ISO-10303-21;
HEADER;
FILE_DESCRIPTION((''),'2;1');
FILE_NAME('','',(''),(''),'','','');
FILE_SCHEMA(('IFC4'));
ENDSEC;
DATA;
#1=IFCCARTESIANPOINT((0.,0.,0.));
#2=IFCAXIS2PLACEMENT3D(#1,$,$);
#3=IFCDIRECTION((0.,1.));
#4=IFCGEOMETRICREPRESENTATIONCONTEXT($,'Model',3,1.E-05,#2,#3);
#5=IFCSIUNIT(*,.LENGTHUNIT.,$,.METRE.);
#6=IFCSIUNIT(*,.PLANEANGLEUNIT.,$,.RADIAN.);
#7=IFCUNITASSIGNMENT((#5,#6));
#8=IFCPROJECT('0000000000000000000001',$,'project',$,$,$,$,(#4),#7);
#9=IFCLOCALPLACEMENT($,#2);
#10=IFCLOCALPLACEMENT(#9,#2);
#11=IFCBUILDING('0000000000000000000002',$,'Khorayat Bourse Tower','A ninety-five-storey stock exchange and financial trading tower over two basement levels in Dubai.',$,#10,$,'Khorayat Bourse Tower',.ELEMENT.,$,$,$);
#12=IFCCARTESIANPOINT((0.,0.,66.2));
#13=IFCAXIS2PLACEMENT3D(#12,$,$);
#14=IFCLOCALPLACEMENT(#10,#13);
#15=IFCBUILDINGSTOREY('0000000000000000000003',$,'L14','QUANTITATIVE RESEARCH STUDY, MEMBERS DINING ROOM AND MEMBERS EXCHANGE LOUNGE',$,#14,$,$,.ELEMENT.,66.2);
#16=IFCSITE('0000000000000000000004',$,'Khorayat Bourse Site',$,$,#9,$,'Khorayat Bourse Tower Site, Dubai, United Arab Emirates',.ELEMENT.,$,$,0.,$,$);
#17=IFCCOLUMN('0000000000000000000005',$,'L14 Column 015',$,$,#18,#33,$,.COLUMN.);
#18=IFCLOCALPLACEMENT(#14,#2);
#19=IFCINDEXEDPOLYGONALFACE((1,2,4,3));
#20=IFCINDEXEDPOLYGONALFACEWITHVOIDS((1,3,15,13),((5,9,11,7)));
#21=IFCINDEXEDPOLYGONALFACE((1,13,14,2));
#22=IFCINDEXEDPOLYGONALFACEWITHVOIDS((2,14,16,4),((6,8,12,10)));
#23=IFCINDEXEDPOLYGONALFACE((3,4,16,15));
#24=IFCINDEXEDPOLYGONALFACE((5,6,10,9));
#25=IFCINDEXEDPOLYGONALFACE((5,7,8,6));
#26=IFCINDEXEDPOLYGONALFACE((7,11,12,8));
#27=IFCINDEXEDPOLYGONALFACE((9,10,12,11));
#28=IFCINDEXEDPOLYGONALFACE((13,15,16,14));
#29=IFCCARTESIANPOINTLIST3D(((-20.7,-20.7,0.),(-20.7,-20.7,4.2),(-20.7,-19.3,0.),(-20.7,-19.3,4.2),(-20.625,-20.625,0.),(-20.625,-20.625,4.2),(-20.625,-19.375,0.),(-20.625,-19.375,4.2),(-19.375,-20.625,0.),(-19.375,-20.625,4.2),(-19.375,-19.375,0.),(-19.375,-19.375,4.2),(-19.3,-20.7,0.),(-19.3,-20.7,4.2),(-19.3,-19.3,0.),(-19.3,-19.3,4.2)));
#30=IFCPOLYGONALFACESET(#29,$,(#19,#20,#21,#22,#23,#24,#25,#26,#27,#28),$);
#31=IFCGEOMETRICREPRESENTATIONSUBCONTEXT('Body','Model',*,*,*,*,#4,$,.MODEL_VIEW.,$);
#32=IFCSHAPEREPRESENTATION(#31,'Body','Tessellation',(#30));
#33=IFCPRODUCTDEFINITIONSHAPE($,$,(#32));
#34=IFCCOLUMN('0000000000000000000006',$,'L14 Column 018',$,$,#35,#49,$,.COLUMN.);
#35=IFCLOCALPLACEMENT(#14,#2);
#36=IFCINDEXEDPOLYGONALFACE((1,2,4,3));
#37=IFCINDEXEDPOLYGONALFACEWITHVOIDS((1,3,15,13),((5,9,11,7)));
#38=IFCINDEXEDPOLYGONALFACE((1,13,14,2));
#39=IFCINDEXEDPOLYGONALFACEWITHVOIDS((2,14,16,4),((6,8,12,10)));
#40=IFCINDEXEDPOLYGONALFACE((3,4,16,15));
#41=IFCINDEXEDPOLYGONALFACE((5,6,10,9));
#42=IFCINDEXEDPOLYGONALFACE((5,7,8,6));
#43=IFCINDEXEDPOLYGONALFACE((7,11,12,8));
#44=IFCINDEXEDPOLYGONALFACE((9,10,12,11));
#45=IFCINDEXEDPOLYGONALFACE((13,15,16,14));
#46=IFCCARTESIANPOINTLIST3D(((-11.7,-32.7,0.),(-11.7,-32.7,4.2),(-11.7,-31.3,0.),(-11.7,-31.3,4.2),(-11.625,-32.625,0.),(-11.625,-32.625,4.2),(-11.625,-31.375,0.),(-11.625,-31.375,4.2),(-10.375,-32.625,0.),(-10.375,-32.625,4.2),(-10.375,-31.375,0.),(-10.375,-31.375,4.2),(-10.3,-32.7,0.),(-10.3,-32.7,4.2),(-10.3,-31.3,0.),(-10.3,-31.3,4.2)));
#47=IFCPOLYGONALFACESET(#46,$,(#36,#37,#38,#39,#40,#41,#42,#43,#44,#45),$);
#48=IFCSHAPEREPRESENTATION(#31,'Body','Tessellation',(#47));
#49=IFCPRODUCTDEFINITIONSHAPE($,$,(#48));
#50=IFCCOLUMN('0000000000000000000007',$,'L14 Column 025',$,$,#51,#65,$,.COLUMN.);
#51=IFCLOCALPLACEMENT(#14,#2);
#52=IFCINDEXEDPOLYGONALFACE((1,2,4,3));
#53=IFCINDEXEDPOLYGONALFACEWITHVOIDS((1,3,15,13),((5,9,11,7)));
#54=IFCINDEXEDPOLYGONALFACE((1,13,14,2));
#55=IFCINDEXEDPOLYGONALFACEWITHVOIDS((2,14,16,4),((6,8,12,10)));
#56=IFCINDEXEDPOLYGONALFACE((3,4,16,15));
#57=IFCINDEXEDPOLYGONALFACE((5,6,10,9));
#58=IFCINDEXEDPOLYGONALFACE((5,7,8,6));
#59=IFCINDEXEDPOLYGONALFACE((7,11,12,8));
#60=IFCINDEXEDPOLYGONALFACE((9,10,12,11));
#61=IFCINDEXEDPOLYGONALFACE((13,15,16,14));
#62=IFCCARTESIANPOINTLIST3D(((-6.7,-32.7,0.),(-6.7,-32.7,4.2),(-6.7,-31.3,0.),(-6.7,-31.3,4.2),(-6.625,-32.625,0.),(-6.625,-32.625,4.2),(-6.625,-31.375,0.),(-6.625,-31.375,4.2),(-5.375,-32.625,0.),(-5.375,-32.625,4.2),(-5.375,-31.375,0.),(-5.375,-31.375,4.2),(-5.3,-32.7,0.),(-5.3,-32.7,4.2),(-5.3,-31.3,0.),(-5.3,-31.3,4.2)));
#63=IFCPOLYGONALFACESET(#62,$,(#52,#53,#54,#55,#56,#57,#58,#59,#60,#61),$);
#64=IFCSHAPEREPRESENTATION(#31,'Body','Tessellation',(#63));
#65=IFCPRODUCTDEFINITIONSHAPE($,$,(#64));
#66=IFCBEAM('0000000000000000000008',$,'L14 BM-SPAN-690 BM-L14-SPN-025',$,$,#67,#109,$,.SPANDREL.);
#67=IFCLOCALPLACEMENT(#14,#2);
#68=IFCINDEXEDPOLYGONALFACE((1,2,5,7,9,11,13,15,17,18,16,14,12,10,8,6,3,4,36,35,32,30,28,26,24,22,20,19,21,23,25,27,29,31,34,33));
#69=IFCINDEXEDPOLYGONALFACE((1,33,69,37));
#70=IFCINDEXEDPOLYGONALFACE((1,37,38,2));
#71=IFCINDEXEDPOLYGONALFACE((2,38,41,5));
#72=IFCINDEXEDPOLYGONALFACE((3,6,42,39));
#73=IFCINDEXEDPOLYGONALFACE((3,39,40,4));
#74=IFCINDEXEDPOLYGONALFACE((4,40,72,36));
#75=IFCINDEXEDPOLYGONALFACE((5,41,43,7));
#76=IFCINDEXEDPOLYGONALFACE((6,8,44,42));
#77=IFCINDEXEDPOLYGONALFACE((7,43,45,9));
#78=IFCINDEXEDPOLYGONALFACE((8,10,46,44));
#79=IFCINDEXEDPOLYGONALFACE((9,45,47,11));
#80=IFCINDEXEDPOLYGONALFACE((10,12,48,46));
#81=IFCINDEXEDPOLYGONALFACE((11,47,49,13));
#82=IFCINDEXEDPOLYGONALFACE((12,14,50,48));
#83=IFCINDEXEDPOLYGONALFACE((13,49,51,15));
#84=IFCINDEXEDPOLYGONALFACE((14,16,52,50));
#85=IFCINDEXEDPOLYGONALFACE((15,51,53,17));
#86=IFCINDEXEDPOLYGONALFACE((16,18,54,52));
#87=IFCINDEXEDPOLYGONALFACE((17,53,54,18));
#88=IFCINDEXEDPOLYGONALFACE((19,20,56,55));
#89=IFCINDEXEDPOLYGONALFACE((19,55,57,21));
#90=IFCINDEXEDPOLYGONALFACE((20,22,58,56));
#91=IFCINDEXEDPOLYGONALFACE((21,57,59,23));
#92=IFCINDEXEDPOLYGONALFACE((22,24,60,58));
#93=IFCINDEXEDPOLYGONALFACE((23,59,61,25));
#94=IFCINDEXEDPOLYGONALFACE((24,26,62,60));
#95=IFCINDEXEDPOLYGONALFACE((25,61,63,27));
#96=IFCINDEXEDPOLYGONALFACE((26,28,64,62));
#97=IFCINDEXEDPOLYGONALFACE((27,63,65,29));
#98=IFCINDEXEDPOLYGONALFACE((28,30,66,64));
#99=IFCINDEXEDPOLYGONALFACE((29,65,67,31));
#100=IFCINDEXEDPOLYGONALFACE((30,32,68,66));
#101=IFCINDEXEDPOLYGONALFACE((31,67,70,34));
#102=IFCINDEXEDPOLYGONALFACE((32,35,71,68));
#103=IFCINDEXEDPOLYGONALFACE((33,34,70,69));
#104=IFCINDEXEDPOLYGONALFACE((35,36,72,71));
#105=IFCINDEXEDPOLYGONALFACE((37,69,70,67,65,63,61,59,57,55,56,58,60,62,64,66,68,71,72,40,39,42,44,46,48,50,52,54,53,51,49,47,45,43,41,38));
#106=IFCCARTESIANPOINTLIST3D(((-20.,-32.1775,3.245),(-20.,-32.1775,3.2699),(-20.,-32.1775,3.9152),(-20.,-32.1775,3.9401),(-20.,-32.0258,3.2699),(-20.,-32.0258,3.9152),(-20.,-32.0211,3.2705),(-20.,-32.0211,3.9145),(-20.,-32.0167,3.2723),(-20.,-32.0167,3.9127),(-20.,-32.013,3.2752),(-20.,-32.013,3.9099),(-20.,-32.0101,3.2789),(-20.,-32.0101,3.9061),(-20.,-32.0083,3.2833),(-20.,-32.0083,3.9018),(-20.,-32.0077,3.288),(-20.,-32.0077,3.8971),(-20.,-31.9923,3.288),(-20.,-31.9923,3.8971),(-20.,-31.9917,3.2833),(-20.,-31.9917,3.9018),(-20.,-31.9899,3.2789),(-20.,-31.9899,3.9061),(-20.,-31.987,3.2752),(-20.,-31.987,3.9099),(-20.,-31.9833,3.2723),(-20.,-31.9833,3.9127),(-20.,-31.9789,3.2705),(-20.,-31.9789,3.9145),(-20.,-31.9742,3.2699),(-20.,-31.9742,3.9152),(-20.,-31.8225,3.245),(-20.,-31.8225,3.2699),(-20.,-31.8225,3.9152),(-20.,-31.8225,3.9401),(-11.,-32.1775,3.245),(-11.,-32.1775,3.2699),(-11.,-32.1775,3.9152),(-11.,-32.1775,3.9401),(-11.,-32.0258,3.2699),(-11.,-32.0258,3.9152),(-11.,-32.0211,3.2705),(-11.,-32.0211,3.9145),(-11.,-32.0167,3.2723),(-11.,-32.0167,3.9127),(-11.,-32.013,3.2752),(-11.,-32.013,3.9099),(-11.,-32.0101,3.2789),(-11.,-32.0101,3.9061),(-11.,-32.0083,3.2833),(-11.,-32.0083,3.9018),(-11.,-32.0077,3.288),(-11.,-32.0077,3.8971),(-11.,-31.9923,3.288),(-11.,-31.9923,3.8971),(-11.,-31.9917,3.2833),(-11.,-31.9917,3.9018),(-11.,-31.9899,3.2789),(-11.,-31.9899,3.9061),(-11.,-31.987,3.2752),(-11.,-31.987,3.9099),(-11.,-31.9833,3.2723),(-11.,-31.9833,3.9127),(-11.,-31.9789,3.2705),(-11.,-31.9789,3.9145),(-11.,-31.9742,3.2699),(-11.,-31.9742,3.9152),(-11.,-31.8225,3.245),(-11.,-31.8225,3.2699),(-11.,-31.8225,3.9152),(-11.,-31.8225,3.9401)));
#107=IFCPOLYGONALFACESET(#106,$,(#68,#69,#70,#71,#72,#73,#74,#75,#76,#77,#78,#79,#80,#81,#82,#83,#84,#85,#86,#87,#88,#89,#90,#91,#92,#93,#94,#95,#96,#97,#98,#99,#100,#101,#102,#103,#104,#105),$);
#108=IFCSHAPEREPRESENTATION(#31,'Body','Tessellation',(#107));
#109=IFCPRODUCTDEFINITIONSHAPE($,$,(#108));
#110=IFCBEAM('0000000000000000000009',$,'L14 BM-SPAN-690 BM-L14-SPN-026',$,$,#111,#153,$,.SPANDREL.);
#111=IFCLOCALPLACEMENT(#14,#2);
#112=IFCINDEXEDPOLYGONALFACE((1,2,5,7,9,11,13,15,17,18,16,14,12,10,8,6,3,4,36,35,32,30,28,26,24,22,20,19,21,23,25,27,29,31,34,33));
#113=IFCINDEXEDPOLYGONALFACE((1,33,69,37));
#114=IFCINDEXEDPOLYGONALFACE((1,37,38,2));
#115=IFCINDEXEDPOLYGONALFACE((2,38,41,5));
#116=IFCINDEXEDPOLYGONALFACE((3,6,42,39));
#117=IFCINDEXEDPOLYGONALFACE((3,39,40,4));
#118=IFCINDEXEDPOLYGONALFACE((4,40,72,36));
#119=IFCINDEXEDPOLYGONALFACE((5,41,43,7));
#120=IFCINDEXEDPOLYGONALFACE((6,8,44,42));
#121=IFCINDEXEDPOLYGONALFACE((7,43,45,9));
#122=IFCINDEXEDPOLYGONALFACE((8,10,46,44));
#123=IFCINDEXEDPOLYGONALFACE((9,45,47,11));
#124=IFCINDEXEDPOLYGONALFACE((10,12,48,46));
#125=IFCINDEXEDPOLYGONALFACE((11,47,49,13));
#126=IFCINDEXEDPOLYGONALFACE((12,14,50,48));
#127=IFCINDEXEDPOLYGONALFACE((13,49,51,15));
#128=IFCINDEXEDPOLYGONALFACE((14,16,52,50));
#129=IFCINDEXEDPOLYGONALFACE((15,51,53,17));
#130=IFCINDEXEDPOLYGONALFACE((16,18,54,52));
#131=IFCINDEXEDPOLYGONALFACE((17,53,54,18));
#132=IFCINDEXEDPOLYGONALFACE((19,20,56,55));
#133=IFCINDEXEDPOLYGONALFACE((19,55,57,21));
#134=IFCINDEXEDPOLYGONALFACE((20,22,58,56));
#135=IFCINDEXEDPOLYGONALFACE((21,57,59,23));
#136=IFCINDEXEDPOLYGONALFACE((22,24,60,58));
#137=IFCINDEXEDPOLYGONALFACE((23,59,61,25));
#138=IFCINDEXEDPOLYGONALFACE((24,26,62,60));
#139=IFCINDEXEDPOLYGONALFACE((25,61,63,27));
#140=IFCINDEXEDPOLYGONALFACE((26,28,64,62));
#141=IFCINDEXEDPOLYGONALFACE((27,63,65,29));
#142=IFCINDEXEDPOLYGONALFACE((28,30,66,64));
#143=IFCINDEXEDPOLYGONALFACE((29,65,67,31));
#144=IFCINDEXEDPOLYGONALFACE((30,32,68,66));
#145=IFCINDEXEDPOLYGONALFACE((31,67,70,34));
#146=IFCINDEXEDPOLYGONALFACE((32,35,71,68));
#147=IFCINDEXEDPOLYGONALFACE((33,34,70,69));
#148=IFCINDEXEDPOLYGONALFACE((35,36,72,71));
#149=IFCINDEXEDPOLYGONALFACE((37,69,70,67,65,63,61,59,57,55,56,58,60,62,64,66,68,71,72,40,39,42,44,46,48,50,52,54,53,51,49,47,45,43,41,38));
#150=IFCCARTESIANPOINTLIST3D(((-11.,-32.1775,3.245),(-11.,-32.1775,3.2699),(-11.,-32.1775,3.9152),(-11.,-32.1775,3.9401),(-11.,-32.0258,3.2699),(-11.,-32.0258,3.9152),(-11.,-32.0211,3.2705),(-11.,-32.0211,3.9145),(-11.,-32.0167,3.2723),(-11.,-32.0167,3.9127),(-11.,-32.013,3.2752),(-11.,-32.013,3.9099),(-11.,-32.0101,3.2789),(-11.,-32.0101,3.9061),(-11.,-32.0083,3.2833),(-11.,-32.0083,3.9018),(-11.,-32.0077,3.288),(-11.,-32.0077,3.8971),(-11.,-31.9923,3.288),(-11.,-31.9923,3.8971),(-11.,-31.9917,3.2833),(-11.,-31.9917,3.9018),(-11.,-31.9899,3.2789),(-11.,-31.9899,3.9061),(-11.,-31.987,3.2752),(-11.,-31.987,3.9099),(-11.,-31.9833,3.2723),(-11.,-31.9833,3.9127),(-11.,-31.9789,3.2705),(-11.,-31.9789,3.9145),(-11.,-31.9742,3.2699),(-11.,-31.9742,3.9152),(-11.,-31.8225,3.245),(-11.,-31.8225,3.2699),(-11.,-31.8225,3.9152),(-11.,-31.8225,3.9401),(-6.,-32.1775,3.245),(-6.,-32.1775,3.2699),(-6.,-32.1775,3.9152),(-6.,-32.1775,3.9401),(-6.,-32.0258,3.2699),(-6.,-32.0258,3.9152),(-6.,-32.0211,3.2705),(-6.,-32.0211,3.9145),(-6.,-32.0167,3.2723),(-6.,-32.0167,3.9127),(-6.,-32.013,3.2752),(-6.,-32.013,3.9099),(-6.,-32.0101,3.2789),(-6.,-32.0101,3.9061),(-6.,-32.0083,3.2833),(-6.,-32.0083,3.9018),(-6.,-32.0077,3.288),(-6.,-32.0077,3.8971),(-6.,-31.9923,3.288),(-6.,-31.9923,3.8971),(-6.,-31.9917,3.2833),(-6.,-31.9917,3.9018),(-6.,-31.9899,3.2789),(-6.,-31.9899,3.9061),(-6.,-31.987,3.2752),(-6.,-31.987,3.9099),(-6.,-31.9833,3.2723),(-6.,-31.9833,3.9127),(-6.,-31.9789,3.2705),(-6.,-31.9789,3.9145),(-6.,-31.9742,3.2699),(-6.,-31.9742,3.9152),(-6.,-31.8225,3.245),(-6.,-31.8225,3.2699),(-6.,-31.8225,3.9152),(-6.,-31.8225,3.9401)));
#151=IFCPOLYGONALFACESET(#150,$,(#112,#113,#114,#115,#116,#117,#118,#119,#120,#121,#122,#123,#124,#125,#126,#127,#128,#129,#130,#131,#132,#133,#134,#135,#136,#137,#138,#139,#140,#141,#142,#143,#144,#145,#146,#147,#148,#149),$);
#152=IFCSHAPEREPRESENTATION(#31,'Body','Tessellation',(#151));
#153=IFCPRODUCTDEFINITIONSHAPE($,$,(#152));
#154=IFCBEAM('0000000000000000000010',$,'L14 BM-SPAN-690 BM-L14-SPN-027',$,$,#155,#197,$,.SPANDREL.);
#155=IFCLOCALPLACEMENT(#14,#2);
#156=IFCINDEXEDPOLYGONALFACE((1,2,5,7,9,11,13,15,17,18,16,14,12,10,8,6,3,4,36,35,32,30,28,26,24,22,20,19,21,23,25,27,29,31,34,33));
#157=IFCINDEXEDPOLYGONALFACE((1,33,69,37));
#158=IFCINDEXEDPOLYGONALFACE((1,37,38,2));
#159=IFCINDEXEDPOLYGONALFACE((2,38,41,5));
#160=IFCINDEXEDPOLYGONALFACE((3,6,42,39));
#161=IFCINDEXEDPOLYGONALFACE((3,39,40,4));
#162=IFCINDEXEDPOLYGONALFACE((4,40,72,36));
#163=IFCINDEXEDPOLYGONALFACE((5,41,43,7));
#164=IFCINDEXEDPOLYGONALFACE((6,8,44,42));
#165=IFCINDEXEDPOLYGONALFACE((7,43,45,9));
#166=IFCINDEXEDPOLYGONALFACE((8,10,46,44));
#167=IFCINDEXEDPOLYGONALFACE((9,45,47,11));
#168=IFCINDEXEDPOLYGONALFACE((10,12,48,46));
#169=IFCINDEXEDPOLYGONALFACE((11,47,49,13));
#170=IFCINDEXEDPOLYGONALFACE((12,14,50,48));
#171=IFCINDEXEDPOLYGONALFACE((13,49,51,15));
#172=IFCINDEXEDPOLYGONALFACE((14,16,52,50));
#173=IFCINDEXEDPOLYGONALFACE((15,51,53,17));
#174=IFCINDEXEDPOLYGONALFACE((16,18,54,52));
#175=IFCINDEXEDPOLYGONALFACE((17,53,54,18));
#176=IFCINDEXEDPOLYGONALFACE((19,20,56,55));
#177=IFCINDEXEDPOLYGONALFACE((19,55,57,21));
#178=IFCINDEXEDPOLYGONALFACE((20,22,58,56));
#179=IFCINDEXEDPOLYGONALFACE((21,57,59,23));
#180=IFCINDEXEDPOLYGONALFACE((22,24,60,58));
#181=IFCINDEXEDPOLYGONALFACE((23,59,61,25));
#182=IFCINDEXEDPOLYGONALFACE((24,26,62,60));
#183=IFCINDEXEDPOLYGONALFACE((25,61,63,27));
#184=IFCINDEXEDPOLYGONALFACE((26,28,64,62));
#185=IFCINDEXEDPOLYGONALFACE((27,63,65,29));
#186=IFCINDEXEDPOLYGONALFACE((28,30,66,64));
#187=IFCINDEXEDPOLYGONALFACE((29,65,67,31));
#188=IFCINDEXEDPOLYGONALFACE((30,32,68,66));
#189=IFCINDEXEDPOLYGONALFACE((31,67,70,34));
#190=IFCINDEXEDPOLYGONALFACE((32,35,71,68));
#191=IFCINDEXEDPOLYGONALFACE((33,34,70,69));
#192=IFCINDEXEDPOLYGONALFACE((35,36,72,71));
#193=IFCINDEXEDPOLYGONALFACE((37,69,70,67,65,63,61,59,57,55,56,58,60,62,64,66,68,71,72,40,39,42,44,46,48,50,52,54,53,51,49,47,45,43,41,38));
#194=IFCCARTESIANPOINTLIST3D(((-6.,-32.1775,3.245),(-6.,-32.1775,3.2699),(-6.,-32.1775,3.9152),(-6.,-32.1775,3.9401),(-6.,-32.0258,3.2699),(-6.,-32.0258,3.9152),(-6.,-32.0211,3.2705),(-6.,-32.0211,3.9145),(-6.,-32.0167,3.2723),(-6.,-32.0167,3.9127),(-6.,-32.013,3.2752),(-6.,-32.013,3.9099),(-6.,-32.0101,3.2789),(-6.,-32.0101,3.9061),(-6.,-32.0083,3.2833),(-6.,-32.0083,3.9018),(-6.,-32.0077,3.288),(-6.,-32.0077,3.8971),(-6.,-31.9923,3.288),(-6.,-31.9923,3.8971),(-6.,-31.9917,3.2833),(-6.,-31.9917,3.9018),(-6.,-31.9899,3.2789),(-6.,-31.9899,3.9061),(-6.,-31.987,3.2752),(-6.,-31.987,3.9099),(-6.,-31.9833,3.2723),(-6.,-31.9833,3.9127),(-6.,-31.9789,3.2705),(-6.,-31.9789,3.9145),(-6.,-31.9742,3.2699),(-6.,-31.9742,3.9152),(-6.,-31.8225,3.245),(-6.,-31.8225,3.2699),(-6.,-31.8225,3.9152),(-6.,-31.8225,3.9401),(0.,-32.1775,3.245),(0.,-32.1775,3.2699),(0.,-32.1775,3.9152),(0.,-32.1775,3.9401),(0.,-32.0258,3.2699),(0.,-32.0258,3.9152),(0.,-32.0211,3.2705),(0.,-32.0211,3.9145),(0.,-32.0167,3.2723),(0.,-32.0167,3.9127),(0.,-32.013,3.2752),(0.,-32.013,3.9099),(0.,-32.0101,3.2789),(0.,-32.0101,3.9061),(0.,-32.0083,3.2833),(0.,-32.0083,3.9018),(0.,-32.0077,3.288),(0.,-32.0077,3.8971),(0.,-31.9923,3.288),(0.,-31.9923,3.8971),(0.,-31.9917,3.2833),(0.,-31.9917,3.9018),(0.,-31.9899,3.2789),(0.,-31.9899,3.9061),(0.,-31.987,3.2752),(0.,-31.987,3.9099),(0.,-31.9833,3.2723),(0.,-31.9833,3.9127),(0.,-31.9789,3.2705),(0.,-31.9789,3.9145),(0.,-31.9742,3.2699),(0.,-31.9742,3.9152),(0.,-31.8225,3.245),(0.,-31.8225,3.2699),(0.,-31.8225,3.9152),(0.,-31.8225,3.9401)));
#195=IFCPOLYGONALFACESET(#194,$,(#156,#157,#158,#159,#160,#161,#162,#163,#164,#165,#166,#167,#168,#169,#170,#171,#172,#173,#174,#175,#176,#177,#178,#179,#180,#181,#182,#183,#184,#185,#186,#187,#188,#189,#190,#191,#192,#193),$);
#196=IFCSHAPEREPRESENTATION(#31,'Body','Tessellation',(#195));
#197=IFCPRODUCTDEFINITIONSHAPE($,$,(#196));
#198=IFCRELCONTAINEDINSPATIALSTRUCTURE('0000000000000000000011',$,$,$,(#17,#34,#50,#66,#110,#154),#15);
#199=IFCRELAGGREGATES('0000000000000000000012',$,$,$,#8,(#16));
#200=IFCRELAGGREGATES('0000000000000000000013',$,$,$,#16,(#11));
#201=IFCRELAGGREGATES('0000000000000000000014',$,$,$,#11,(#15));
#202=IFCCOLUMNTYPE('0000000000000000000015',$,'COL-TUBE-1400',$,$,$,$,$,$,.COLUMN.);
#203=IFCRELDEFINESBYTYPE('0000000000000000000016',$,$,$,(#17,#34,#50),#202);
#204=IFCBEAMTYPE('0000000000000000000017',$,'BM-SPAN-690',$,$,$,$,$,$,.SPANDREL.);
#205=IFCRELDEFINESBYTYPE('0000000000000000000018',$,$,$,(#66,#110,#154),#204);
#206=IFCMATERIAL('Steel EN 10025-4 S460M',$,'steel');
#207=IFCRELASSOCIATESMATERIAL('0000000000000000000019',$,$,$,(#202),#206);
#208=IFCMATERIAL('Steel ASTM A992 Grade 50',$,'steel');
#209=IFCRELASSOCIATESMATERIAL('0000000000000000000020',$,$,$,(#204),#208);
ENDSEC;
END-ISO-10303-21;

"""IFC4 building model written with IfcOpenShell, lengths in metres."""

from ifc_helpers import new_model, si_unit, direction, frame, origin, origin_2d, place, context, subcontext, project, spatial, hollow_rectangle, i_section, extrude, source, transform, mapped, material, material_profile, profile_set, type_object, element, save


model = new_model("IFC4")

# Units and contexts
model_context = context("Model", 3, precision=1e-05, world=origin(), true_north=direction((0.0, 1.0)))
body_context = subcontext(model_context, "Body", "Model", "MODEL_VIEW")
ifc_project = project(units=[si_unit("LENGTHUNIT", "METRE"), si_unit("PLANEANGLEUNIT", "RADIAN")], contexts=[model_context])

# Site, building, storey
site_placement = place(None, origin())
site = spatial("IfcSite", under=ifc_project, at=site_placement, Name="Khorayat Bourse Site", LongName="Khorayat Bourse Tower Site, Dubai, United Arab Emirates", CompositionType="ELEMENT", RefElevation=0.0)
building_placement = place(site_placement, origin())
building = spatial("IfcBuilding", under=site, at=building_placement, Name="Khorayat Bourse Tower", Description="A ninety-five-storey stock exchange and financial trading tower over two basement levels in Dubai.", LongName="Khorayat Bourse Tower", CompositionType="ELEMENT")
storey_placement = place(building_placement, frame((0.0, 0.0, 66.2)))
storey = spatial("IfcBuildingStorey", under=building, at=storey_placement, Name="L14", Description="QUANTITATIVE RESEARCH STUDY, MEMBERS DINING ROOM AND MEMBERS EXCHANGE LOUNGE", CompositionType="ELEMENT", Elevation=66.2)

# Columns
ifc_material_1 = material(Name="Steel EN 10025-4 S460M", Category="steel")
ifc_material_profile_1 = material_profile(ifc_material_1, hollow_rectangle(XDim=1.3999, YDim=1.3999, WallThickness=0.075, at=origin_2d()), Name="BOX 1400x1400x75")
ifc_profile_set_1 = profile_set([ifc_material_profile_1], Name="Steel EN 10025-4 S460M")
column_type = type_object("IfcColumnType", Name="COL-TUBE-1400", PredefinedType="COLUMN", material=ifc_profile_set_1)
shared_shape_1 = source(origin(), body_context, "Body", "SweptSolid", [
    extrude(hollow_rectangle(XDim=1.3999, YDim=1.3999, WallThickness=0.075, at=origin_2d()), origin(), (0.0, 0.0, 1.0), 4.2),
])
for number, where, z_axis, x_axis, name in (
    (1, (-20.0, -20.0, 0.0), (0.0, 0.0, 1.0), (1.0, 0.0, 0.0), "L14 Column 015"),
    (2, (-11.0, -32.0, 0.0), (0.0, 0.0, 1.0), (1.0, 0.0, 0.0), "L14 Column 018"),
    (3, (-6.0, -32.0, 0.0), (0.0, 0.0, 1.0), (1.0, 0.0, 0.0), "L14 Column 025"),
):
    element("IfcColumn", number, at=place(storey_placement, frame(where, z_axis=z_axis, x_axis=x_axis)), inside=storey, type_object=column_type, Name=name, PredefinedType="COLUMN", context=body_context, shape_type="MappedRepresentation", body=[
        mapped(shared_shape_1, transform((0.0, 0.0, 0.0), scale=1.0)),
    ])

# Beams
ifc_material_2 = material(Name="Steel ASTM A992 Grade 50", Category="steel")
ifc_material_profile_2 = material_profile(ifc_material_2, i_section(OverallWidth=0.355, OverallDepth=0.6951, WebThickness=0.0154, FlangeThickness=0.0249, FilletRadius=0.0181, at=origin_2d()), Name="W690X217")
ifc_profile_set_2 = profile_set([ifc_material_profile_2], Name="Steel ASTM A992 Grade 50")
beam_type_1 = type_object("IfcBeamType", Name="BM-SPAN-690", PredefinedType="SPANDREL", material=ifc_profile_set_2)
shared_shape_2 = source(origin(), body_context, "Body", "SweptSolid", [
    extrude(i_section(OverallWidth=0.355, OverallDepth=0.6951, WebThickness=0.0154, FlangeThickness=0.0249, FilletRadius=0.0181, at=origin_2d()), origin(), (0.0, 0.0, 1.0), 9.0),
])
beam_1_placement = place(storey_placement, frame((-20.0, -32.0, 3.5925), z_axis=(1.0, 0.0, 0.0), x_axis=(0.0, 1.0, 0.0)))
element("IfcBeam", 4, at=beam_1_placement, inside=storey, type_object=beam_type_1, Name="L14 BM-SPAN-690 BM-L14-SPN-025", PredefinedType="SPANDREL", context=body_context, shape_type="MappedRepresentation", body=[
    mapped(shared_shape_2, transform((0.0, 0.0, 0.0), scale=1.0)),
])
shared_shape_3 = source(origin(), body_context, "Body", "SweptSolid", [
    extrude(i_section(OverallWidth=0.355, OverallDepth=0.6951, WebThickness=0.0154, FlangeThickness=0.0249, FilletRadius=0.0181, at=origin_2d()), origin(), (0.0, 0.0, 1.0), 5.0),
])
beam_2_placement = place(storey_placement, frame((-11.0, -32.0, 3.5925), z_axis=(1.0, 0.0, 0.0), x_axis=(0.0, 1.0, 0.0)))
element("IfcBeam", 5, at=beam_2_placement, inside=storey, type_object=beam_type_1, Name="L14 BM-SPAN-690 BM-L14-SPN-026", PredefinedType="SPANDREL", context=body_context, shape_type="MappedRepresentation", body=[
    mapped(shared_shape_3, transform((0.0, 0.0, 0.0), scale=1.0)),
])
shared_shape_4 = source(origin(), body_context, "Body", "SweptSolid", [
    extrude(i_section(OverallWidth=0.355, OverallDepth=0.6951, WebThickness=0.0154, FlangeThickness=0.0249, FilletRadius=0.0181, at=origin_2d()), origin(), (0.0, 0.0, 1.0), 6.0),
])
beam_3_placement = place(storey_placement, frame((-6.0, -32.0, 3.5925), z_axis=(1.0, 0.0, 0.0), x_axis=(0.0, 1.0, 0.0)))
element("IfcBeam", 6, at=beam_3_placement, inside=storey, type_object=beam_type_1, Name="L14 BM-SPAN-690 BM-L14-SPN-027", PredefinedType="SPANDREL", context=body_context, shape_type="MappedRepresentation", body=[
    mapped(shared_shape_4, transform((0.0, 0.0, 0.0), scale=1.0)),
])

save(model, "model.ifc")
